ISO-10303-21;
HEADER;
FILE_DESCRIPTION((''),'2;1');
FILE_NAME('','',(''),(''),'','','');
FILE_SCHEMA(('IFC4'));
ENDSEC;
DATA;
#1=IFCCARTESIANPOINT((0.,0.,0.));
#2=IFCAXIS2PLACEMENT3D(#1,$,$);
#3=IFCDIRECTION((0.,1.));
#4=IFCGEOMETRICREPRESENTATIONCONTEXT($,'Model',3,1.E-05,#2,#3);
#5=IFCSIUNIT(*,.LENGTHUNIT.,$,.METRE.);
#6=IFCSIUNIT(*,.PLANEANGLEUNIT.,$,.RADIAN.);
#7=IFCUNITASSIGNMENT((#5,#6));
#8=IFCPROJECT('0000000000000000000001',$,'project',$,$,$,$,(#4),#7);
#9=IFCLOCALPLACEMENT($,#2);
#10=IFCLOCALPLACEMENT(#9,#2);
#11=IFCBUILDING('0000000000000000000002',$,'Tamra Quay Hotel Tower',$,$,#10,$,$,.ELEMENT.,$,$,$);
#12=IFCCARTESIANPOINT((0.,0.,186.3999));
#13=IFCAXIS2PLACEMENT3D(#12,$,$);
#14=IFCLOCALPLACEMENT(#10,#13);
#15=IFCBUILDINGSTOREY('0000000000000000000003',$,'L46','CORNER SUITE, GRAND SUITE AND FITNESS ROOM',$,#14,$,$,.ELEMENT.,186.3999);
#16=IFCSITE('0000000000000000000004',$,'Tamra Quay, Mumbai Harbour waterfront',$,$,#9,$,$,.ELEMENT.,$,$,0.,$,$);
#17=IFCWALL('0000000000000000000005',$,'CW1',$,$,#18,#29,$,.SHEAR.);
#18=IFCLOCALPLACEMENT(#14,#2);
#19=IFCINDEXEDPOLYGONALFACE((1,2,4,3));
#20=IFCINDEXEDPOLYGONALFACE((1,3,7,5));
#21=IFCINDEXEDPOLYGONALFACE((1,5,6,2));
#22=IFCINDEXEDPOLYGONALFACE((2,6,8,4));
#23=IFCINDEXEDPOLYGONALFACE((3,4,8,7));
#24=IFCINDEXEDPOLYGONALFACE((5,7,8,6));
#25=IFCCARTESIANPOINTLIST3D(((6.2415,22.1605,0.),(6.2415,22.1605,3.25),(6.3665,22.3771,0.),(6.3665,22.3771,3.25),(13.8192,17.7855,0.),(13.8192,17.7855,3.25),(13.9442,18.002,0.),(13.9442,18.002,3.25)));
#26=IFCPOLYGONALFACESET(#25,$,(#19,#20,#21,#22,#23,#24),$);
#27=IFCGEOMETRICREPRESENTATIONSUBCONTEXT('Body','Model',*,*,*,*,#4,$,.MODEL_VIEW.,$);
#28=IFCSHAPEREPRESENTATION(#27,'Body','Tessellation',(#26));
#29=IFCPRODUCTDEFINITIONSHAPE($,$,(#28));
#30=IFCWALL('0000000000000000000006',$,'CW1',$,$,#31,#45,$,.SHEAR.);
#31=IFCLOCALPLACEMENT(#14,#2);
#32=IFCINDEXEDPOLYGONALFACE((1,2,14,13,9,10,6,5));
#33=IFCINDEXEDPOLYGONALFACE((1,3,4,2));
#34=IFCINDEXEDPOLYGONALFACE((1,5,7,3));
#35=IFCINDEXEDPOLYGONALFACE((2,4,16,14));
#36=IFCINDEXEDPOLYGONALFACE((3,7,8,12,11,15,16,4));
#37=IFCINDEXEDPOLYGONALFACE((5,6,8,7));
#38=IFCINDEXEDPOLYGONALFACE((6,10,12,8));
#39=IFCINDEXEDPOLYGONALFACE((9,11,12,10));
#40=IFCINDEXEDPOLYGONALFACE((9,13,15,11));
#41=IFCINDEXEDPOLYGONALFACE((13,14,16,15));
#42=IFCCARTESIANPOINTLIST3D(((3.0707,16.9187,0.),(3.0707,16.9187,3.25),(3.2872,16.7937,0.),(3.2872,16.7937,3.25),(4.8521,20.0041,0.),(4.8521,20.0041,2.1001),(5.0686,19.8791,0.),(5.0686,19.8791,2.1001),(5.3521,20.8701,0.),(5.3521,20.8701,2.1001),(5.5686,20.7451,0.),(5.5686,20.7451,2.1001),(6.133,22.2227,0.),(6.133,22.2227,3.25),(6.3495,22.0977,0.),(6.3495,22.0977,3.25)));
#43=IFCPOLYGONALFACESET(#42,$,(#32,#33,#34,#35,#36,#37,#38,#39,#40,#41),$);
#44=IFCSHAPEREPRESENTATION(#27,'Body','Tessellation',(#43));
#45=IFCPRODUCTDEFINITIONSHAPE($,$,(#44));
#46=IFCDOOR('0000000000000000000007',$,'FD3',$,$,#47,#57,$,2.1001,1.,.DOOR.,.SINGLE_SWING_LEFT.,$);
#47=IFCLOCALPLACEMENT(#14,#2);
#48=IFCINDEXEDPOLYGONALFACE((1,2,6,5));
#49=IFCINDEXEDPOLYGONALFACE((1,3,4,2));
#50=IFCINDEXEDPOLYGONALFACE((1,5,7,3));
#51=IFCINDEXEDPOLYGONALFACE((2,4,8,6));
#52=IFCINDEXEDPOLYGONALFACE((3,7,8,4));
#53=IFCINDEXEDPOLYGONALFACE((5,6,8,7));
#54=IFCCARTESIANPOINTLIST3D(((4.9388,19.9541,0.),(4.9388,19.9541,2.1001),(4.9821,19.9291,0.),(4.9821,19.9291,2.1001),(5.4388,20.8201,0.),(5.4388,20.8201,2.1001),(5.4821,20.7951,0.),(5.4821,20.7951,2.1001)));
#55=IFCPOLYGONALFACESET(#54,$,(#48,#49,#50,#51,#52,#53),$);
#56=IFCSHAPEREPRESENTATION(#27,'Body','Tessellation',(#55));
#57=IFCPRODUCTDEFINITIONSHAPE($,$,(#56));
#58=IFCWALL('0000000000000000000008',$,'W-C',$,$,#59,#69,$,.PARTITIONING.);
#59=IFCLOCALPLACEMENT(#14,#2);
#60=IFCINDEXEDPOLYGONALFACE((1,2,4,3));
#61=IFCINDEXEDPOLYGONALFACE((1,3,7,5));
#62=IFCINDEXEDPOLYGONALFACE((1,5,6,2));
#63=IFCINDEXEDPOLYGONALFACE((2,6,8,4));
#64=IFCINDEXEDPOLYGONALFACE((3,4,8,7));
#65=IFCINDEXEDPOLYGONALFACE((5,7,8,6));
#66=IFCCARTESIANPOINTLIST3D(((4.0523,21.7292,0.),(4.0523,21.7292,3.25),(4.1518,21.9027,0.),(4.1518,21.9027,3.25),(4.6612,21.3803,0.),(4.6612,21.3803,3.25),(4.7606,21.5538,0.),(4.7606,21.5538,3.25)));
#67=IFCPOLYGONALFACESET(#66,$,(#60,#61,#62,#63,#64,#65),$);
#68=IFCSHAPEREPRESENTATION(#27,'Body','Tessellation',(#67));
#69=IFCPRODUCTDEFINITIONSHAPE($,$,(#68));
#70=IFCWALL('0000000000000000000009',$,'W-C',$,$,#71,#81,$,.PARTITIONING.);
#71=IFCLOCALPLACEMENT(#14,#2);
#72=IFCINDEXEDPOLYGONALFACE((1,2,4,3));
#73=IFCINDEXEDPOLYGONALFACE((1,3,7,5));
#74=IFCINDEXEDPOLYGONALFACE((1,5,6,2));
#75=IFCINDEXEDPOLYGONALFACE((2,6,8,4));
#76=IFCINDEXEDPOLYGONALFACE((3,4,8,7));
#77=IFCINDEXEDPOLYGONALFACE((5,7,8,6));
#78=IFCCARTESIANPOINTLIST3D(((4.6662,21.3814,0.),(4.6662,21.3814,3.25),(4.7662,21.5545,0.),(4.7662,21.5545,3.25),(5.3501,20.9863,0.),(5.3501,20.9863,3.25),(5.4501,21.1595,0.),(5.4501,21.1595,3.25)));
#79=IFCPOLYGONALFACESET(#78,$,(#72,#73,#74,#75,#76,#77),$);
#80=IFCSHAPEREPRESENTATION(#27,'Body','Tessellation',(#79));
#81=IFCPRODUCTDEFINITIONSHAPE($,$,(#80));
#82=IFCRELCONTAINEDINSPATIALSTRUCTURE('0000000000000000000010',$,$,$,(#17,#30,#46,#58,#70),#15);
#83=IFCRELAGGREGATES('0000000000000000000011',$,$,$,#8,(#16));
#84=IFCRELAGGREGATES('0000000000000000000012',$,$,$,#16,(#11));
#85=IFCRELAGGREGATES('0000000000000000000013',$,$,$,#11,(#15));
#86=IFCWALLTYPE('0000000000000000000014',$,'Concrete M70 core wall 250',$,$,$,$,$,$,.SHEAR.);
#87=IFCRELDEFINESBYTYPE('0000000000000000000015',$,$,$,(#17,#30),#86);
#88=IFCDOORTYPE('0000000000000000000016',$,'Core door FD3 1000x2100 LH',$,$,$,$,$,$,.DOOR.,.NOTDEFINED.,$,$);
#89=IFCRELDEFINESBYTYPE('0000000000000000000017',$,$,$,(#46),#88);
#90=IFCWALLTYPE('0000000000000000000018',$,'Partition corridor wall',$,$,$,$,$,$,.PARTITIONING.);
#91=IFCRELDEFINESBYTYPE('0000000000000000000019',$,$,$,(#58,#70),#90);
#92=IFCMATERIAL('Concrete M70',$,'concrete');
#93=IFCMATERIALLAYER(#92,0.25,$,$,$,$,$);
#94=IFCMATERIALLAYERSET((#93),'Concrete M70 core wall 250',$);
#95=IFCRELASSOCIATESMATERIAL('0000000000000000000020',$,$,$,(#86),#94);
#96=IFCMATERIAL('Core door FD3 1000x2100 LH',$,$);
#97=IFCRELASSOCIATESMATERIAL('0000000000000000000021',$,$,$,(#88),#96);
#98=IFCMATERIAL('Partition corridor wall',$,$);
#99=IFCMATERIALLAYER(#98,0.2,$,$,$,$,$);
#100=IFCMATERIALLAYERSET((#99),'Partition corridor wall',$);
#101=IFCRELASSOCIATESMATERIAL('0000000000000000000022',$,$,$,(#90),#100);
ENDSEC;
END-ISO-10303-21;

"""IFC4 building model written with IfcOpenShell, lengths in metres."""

from ifc_helpers import new_model, si_unit, direction, frame, frame_2d, origin, place, context, subcontext, project, spatial, rectangle, extrude, material, layer, layer_set, type_object, element, fill, save


model = new_model("IFC4")

# Units and contexts
model_context = context("Model", 3, precision=1e-05, world=origin(), true_north=direction((0.0, 1.0)))
body_context = subcontext(model_context, "Body", "Model", "MODEL_VIEW")
ifc_project = project(units=[si_unit("LENGTHUNIT", "METRE"), si_unit("PLANEANGLEUNIT", "RADIAN")], contexts=[model_context])

# Site, building, storey
site_placement = place(None, origin())
site = spatial("IfcSite", under=ifc_project, at=site_placement, Name="Tamra Quay, Mumbai Harbour waterfront", CompositionType="ELEMENT", RefElevation=0.0)
building_placement = place(site_placement, origin())
building = spatial("IfcBuilding", under=site, at=building_placement, Name="Tamra Quay Hotel Tower", CompositionType="ELEMENT")
storey_placement = place(building_placement, frame((0.0, 0.0, 186.3999)))
storey = spatial("IfcBuildingStorey", under=building, at=storey_placement, Name="L46", Description="CORNER SUITE, GRAND SUITE AND FITNESS ROOM", CompositionType="ELEMENT", Elevation=186.3999)

# Shared definitions
ifc_material_1 = material(Name="Concrete M70", Category="concrete")

# Wall
ifc_layer_1 = layer(ifc_material_1, 0.25)
ifc_layer_set_1 = layer_set([ifc_layer_1], Name="Concrete M70 core wall 250")
wall_type_1 = type_object("IfcWallType", Name="Concrete M70 core wall 250", PredefinedType="SHEAR", material=ifc_layer_set_1)
wall_1_placement = place(storey_placement, frame((6.304, 22.2688, 0.0), z_axis=(0.0, 0.0, 1.0), x_axis=(0.866023, -0.500004, 0.0)))
element("IfcWall", 1, at=wall_1_placement, inside=storey, type_object=wall_type_1, Name="CW1", PredefinedType="SHEAR", context=body_context, shape_type="SweptSolid", body=[
    extrude(rectangle(XDim=8.75, YDim=0.25, at=frame_2d((4.375, 0.0))), origin(), (0.0, 0.0, 1.0), 3.25),
])

# Wall, opening, door
wall_2_placement = place(storey_placement, frame((3.179, 16.8562, 0.0), z_axis=(0.0, 0.0, 1.0), x_axis=(0.500002, 0.866024, 0.0)))
wall_2 = element("IfcWall", 2, at=wall_2_placement, inside=storey, type_object=wall_type_1, Name="CW1", PredefinedType="SHEAR", context=body_context, shape_type="SweptSolid", body=[
    extrude(rectangle(XDim=6.1245, YDim=0.25, at=frame_2d((3.0623, 0.0))), origin(), (0.0, 0.0, 1.0), 3.25),
])
opening_placement = place(wall_2_placement, frame((3.5627, 0.0, 0.0)))
opening = element("IfcOpeningElement", 3, at=opening_placement, cuts=wall_2, PredefinedType="OPENING", context=body_context, shape_type="SweptSolid", body=[
    extrude(rectangle(XDim=1.0, YDim=2.1001, at=frame_2d((0.5, 1.05))), frame((0.0, 0.135, 0.0), z_axis=(0.0, -1.0, 0.0), x_axis=(1.0, 0.0, 0.0)), (0.0, 0.0, 1.0), 0.27),
])
ifc_material_2 = material(Name="Core door FD3 1000x2100 LH")
door_type = type_object("IfcDoorType", Name="Core door FD3 1000x2100 LH", OperationType="NOTDEFINED", PredefinedType="DOOR", material=ifc_material_2)
door_placement = place(opening_placement, origin())
door = element("IfcDoor", 4, at=door_placement, inside=storey, type_object=door_type, Name="FD3", OperationType="SINGLE_SWING_LEFT", OverallHeight=2.1001, OverallWidth=1.0, PredefinedType="DOOR", context=body_context, shape_type="SweptSolid", body=[
    extrude(rectangle(XDim=1.0, YDim=2.1001, at=frame_2d((0.5, 1.05))), frame((0.0, 0.0249, 0.0), z_axis=(0.0, -1.0, 0.0), x_axis=(1.0, 0.0, 0.0)), (0.0, 0.0, 1.0), 0.05),
])
fill(opening, door)

# Walls
ifc_material_3 = material(Name="Partition corridor wall")
ifc_layer_2 = layer(ifc_material_3, 0.2)
ifc_layer_set_2 = layer_set([ifc_layer_2], Name="Partition corridor wall")
wall_type_2 = type_object("IfcWallType", Name="Partition corridor wall", PredefinedType="PARTITIONING", material=ifc_layer_set_2)
wall_3_placement = place(storey_placement, frame((4.1021, 21.8159, 0.0), z_axis=(0.0, 0.0, 1.0), x_axis=(0.867665, -0.49715, 0.0)))
element("IfcWall", 5, at=wall_3_placement, inside=storey, type_object=wall_type_2, Name="W-C", PredefinedType="PARTITIONING", context=body_context, shape_type="SweptSolid", body=[
    extrude(rectangle(XDim=0.7017, YDim=0.2, at=frame_2d((0.3508, 0.0))), origin(), (0.0, 0.0, 1.0), 3.25),
])
wall_4_placement = place(storey_placement, frame((4.7161, 21.468, 0.0), z_axis=(0.0, 0.0, 1.0), x_axis=(0.865913, -0.500195, 0.0)))
element("IfcWall", 6, at=wall_4_placement, inside=storey, type_object=wall_type_2, Name="W-C", PredefinedType="PARTITIONING", context=body_context, shape_type="SweptSolid", body=[
    extrude(rectangle(XDim=0.7898, YDim=0.2, at=frame_2d((0.395, 0.0))), origin(), (0.0, 0.0, 1.0), 3.25),
])

save(model, "model.ifc")
